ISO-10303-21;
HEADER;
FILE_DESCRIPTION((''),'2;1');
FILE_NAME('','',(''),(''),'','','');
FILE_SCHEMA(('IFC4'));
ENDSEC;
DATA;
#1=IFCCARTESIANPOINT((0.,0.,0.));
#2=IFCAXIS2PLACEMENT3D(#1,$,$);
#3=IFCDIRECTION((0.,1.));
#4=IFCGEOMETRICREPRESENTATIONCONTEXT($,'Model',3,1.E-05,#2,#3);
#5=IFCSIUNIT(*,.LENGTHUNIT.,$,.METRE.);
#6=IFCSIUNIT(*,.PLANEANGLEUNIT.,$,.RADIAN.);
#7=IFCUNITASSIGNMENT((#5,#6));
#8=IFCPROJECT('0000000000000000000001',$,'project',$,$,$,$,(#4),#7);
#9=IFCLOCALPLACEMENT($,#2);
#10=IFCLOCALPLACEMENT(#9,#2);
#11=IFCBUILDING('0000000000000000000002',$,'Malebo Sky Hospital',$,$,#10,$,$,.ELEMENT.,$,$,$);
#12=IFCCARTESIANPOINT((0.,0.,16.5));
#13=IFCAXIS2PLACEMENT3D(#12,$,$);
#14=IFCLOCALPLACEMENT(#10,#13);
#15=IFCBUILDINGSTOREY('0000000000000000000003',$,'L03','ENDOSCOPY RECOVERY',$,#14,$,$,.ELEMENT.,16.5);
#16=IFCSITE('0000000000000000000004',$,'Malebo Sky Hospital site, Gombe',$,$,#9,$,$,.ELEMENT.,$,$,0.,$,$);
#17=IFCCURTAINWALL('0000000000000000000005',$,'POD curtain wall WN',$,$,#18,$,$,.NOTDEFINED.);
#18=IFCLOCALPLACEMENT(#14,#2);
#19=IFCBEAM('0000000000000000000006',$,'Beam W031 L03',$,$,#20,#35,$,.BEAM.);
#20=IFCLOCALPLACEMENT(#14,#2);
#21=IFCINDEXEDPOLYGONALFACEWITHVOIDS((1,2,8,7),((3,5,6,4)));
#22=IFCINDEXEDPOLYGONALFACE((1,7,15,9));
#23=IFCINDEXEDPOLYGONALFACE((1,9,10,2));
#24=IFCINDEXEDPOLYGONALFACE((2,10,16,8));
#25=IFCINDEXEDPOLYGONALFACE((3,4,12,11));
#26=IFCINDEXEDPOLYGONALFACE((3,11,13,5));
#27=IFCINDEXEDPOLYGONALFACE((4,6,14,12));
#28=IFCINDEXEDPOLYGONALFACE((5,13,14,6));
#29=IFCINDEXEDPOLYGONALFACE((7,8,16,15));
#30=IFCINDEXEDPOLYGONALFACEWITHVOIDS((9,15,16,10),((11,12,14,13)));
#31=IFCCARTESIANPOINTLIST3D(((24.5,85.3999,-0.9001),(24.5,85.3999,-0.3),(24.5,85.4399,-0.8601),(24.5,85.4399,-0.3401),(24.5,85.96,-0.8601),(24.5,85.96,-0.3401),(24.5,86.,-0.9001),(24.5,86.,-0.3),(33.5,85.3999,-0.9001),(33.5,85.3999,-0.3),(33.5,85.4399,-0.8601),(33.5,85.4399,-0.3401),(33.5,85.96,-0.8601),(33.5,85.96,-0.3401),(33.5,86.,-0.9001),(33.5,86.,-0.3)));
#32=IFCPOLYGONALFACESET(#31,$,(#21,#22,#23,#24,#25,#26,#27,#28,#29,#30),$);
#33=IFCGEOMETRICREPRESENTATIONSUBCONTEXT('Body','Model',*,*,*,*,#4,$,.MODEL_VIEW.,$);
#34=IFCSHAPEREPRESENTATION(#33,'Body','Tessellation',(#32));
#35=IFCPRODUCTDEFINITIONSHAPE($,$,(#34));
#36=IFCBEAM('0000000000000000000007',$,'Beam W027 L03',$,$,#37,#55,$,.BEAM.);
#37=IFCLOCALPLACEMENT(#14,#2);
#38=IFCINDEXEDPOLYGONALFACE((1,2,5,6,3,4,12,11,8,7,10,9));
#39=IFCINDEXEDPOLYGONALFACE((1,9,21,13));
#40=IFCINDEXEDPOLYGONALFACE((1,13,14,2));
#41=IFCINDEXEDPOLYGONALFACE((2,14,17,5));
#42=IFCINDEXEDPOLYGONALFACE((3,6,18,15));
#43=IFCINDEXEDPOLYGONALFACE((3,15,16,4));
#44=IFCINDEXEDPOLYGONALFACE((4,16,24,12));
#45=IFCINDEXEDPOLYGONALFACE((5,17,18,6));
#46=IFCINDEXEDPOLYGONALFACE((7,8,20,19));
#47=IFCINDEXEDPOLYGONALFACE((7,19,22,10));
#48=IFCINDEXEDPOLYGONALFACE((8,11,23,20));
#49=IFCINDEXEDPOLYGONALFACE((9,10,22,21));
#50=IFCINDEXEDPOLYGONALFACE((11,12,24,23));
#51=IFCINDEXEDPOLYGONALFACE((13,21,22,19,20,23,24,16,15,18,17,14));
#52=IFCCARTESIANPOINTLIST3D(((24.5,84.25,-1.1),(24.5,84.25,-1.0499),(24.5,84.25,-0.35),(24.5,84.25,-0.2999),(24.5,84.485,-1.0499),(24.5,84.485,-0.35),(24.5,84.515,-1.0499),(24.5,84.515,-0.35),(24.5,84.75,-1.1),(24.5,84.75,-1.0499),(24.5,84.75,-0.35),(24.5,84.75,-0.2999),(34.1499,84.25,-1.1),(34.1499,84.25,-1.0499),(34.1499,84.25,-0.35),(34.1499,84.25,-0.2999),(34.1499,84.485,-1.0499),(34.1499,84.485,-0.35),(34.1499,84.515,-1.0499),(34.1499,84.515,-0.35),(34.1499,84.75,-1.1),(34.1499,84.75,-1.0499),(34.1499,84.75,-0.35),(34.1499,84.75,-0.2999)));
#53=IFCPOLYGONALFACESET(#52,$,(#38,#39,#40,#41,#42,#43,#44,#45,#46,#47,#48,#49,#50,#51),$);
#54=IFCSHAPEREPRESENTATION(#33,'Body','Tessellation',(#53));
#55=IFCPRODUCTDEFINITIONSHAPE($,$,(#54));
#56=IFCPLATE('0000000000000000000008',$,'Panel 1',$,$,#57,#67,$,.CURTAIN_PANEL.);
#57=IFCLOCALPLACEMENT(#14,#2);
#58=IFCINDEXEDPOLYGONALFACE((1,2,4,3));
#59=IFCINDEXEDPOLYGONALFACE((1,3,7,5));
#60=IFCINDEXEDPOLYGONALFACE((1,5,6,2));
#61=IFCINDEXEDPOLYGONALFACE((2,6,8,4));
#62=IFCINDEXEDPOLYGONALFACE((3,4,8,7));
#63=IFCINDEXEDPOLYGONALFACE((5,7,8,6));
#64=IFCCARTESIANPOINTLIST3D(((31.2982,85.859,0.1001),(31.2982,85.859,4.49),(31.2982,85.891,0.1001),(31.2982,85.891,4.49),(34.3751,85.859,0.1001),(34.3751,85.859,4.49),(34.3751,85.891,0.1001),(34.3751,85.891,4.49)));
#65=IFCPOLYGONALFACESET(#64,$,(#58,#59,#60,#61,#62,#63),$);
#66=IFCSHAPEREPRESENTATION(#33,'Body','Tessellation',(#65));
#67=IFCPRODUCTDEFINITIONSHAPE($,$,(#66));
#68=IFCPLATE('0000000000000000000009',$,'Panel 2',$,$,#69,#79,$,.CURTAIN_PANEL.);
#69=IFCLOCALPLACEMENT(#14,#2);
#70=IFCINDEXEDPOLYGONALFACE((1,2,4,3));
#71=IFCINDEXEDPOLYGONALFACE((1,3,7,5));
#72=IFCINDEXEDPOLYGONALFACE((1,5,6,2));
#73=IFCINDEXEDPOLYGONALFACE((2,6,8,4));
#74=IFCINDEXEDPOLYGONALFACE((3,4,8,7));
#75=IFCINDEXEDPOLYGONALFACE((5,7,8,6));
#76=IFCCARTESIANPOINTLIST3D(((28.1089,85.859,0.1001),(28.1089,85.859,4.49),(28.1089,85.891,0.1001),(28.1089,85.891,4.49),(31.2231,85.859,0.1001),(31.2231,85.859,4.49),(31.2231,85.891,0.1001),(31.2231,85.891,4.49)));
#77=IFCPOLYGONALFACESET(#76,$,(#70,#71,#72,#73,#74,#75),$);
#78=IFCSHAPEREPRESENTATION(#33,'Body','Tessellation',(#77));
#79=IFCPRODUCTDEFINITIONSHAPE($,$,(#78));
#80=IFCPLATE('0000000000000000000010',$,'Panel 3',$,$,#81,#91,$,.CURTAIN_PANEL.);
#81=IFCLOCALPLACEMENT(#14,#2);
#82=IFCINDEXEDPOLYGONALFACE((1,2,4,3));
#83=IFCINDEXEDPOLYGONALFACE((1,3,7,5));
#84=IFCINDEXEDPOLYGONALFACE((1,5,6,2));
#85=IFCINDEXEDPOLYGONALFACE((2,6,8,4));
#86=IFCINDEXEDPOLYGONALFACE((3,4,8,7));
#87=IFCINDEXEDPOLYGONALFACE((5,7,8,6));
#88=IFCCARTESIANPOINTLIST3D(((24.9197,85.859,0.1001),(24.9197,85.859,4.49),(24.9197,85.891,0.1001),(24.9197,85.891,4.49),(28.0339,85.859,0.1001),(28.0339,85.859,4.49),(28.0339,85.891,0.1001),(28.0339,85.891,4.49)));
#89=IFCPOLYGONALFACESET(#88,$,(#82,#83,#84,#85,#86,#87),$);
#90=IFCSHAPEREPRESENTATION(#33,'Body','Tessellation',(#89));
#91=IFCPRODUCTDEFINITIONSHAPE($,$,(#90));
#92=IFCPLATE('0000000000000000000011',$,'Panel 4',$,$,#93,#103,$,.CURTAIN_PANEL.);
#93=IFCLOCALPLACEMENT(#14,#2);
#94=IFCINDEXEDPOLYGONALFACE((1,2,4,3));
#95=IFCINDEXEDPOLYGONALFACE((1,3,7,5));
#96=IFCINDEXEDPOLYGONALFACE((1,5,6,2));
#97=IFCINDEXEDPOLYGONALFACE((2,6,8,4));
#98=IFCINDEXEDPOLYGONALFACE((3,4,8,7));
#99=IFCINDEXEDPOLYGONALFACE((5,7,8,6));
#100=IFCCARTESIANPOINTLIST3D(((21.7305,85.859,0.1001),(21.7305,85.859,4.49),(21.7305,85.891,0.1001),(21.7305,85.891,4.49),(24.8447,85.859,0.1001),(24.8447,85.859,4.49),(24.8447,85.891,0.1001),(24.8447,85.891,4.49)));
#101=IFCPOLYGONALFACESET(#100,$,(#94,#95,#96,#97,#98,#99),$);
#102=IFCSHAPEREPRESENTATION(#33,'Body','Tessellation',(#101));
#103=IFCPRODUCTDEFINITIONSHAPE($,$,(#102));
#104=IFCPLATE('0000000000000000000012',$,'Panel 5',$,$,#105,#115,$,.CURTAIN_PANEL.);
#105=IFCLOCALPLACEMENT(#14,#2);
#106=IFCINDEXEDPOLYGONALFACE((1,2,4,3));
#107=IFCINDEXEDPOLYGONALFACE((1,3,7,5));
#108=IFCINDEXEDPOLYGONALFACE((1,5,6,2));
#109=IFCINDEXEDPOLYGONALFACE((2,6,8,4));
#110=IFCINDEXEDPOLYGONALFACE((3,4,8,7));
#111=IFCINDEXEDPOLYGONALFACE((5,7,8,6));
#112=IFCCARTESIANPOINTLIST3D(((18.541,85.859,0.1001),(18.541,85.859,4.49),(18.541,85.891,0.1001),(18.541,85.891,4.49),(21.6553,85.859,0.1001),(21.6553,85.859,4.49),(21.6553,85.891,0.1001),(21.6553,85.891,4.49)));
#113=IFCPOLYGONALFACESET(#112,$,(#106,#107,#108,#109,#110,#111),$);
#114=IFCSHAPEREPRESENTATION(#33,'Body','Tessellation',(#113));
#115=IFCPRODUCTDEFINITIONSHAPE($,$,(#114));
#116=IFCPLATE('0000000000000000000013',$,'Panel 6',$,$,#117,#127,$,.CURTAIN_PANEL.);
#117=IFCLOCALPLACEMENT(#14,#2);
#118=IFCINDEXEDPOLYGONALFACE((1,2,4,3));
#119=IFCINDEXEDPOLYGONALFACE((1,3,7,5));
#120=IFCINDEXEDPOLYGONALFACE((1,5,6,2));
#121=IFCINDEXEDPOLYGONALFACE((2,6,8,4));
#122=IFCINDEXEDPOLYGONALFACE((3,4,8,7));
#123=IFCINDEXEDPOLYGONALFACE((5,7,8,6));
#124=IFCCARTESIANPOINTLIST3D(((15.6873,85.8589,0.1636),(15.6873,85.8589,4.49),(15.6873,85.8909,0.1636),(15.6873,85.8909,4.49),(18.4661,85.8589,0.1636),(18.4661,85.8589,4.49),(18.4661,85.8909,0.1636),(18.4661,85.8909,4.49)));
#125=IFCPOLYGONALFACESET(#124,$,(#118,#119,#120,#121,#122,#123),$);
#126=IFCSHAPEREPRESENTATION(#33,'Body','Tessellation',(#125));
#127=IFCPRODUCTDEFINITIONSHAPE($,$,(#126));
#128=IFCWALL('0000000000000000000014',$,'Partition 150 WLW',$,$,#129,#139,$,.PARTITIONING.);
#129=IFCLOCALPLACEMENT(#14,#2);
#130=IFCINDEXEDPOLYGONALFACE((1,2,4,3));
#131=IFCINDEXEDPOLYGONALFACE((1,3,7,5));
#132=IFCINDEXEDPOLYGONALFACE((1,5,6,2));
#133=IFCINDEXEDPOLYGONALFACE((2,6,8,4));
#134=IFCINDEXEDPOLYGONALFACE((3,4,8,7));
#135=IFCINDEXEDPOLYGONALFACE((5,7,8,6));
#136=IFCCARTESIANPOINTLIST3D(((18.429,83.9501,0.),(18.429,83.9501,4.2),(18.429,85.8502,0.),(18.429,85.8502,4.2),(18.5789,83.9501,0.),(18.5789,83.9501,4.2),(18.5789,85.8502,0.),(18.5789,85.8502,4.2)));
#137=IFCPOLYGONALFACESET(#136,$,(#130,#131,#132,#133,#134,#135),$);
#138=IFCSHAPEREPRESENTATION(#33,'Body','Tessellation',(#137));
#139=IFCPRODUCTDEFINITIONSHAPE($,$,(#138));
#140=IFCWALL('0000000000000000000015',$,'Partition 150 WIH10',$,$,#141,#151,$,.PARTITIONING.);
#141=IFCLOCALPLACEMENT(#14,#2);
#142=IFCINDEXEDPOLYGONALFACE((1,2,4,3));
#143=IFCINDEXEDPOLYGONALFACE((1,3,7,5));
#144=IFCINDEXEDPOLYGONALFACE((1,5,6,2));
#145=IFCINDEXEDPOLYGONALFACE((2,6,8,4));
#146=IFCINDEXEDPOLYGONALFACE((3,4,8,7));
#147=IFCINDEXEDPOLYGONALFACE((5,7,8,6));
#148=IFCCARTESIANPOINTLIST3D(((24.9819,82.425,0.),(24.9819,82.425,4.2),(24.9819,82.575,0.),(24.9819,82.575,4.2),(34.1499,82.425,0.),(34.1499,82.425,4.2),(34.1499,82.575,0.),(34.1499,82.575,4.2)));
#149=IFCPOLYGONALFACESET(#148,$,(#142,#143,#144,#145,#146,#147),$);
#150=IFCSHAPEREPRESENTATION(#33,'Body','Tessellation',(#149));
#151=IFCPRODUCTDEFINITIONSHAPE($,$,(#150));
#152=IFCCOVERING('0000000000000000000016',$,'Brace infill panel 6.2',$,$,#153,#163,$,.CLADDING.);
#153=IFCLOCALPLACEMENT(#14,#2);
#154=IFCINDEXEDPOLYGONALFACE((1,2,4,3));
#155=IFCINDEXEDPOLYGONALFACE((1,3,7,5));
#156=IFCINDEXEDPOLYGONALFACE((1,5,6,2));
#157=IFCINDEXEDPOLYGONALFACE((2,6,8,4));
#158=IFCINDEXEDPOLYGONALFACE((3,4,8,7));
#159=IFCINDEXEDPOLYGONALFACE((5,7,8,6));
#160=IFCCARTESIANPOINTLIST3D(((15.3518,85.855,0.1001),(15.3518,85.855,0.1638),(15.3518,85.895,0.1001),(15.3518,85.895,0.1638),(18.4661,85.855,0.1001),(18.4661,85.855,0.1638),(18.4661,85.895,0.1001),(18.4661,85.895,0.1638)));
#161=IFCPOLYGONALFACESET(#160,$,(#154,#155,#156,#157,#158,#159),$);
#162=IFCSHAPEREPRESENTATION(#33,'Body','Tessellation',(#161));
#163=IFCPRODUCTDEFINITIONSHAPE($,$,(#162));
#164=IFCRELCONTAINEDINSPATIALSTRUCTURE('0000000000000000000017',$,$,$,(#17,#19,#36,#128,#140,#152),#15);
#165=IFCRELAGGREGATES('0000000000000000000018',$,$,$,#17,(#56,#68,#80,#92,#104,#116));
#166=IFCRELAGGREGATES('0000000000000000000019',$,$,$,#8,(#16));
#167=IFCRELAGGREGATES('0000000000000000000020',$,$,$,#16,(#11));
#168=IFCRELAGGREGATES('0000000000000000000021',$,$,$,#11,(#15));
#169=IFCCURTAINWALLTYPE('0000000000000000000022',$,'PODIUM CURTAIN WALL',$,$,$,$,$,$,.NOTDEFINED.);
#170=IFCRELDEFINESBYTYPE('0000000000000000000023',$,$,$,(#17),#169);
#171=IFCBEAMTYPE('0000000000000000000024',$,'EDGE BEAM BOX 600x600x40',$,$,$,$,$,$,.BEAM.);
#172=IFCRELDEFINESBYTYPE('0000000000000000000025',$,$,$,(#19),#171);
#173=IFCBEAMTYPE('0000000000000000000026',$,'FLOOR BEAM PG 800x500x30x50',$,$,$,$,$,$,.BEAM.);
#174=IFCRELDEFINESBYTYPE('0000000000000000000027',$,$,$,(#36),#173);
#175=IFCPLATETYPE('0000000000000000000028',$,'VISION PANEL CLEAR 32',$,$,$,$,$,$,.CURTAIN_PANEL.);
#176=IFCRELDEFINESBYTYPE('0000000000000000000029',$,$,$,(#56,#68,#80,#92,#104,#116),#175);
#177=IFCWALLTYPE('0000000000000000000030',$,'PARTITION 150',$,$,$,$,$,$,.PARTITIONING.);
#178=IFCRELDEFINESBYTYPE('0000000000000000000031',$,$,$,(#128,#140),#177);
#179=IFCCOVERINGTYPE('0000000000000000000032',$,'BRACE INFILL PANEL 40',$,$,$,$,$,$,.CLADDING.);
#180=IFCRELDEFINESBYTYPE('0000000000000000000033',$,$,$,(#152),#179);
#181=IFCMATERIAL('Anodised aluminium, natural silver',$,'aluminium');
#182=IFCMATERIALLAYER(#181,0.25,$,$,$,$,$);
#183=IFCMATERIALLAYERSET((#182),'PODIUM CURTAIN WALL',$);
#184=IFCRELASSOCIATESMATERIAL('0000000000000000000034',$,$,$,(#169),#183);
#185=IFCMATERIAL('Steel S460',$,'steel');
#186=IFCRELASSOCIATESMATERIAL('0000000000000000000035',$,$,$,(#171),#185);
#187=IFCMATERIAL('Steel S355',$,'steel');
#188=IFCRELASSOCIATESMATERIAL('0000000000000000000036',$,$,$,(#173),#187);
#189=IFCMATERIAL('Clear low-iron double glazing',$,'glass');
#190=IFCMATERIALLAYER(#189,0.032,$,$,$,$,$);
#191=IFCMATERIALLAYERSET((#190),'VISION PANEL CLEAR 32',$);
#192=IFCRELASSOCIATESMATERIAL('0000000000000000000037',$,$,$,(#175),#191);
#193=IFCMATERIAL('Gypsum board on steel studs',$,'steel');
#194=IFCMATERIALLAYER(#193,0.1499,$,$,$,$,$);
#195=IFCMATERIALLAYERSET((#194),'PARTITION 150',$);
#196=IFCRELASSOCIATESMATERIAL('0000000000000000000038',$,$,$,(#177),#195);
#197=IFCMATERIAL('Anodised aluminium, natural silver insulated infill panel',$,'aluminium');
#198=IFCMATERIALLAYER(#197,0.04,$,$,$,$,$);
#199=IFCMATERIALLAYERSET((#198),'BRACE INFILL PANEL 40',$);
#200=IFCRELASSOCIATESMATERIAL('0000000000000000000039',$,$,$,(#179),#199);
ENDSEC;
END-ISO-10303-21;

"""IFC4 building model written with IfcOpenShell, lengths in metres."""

from ifc_helpers import new_model, si_unit, direction, frame, frame_2d, origin, origin_2d, place, context, subcontext, project, spatial, polyline, rectangle, hollow_rectangle, i_section, outline, extrude, material, layer, layer_set, material_profile, profile_set, type_object, element, aggregate, save


model = new_model("IFC4")

# Units and contexts
model_context = context("Model", 3, precision=1e-05, world=origin(), true_north=direction((0.0, 1.0)))
body_context = subcontext(model_context, "Body", "Model", "MODEL_VIEW")
ifc_project = project(units=[si_unit("LENGTHUNIT", "METRE"), si_unit("PLANEANGLEUNIT", "RADIAN")], contexts=[model_context])

# Site, building, storey
site_placement = place(None, origin())
site = spatial("IfcSite", under=ifc_project, at=site_placement, Name="Malebo Sky Hospital site, Gombe", CompositionType="ELEMENT", RefElevation=0.0)
building_placement = place(site_placement, origin())
building = spatial("IfcBuilding", under=site, at=building_placement, Name="Malebo Sky Hospital", CompositionType="ELEMENT")
storey_placement = place(building_placement, frame((0.0, 0.0, 16.5)))
storey = spatial("IfcBuildingStorey", under=building, at=storey_placement, Name="L03", Description="ENDOSCOPY RECOVERY", CompositionType="ELEMENT", Elevation=16.5)

# Shared definitions
ifc_material_1 = material(Name="Steel S355", Category="steel")

# Curtain wall
ifc_material_2 = material(Name="Anodised aluminium, natural silver", Category="aluminium")
ifc_layer_1 = layer(ifc_material_2, 0.25)
ifc_layer_set_1 = layer_set([ifc_layer_1], Name="PODIUM CURTAIN WALL")
curtain_wall_type = type_object("IfcCurtainWallType", Name="PODIUM CURTAIN WALL", PredefinedType="NOTDEFINED", material=ifc_layer_set_1)
curtain_wall_placement = place(storey_placement, origin())
curtain_wall = element("IfcCurtainWall", 1, at=curtain_wall_placement, inside=storey, type_object=curtain_wall_type, Name="POD curtain wall WN", PredefinedType="NOTDEFINED")

# Beams
ifc_material_3 = material(Name="Steel S460", Category="steel")
ifc_material_profile_1 = material_profile(ifc_material_3, hollow_rectangle(XDim=0.6001, YDim=0.6001, WallThickness=0.04, at=origin_2d()), Name="BOX 600x600x40")
ifc_profile_set_1 = profile_set([ifc_material_profile_1], Name="Steel S460")
beam_type_1 = type_object("IfcBeamType", Name="EDGE BEAM BOX 600x600x40", PredefinedType="BEAM", material=ifc_profile_set_1)
beam_1_placement = place(storey_placement, frame((24.5, 85.7, -0.6001), z_axis=(1.0, 0.0, 0.0), x_axis=(0.0, 1.0, 0.0)))
element("IfcBeam", 2, at=beam_1_placement, inside=storey, type_object=beam_type_1, Name="Beam W031 L03", PredefinedType="BEAM", context=body_context, shape_type="SweptSolid", body=[
    extrude(hollow_rectangle(XDim=0.6001, YDim=0.6001, WallThickness=0.04, at=origin_2d()), origin(), (0.0, 0.0, 1.0), 9.0),
])
ifc_material_profile_2 = material_profile(ifc_material_1, i_section(OverallWidth=0.5, OverallDepth=0.8, WebThickness=0.03, FlangeThickness=0.05, at=origin_2d()), Name="PG 800x500x30x50")
ifc_profile_set_2 = profile_set([ifc_material_profile_2], Name="Steel S355")
beam_type_2 = type_object("IfcBeamType", Name="FLOOR BEAM PG 800x500x30x50", PredefinedType="BEAM", material=ifc_profile_set_2)
beam_2_placement = place(storey_placement, frame((24.5, 84.5, -0.7), z_axis=(1.0, 0.0, 0.0), x_axis=(0.0, 1.0, 0.0)))
element("IfcBeam", 3, at=beam_2_placement, inside=storey, type_object=beam_type_2, Name="Beam W027 L03", PredefinedType="BEAM", context=body_context, shape_type="SweptSolid", body=[
    extrude(i_section(OverallWidth=0.5, OverallDepth=0.8, WebThickness=0.03, FlangeThickness=0.05, at=origin_2d()), origin(), (0.0, 0.0, 1.0), 9.6499),
])

# Plates
ifc_material_4 = material(Name="Clear low-iron double glazing", Category="glass")
ifc_layer_2 = layer(ifc_material_4, 0.032)
ifc_layer_set_2 = layer_set([ifc_layer_2], Name="VISION PANEL CLEAR 32")
plate_type = type_object("IfcPlateType", Name="VISION PANEL CLEAR 32", PredefinedType="CURTAIN_PANEL", material=ifc_layer_set_2)
plate_1_placement = place(storey_placement, frame((32.8367, 85.875, 0.1001), z_axis=(0.0, 0.0, 1.0), x_axis=(-1.0, 0.0, 0.0)))
plate_1 = element("IfcPlate", 4, at=plate_1_placement, type_object=plate_type, Name="Panel 1", PredefinedType="CURTAIN_PANEL", context=body_context, shape_type="SweptSolid", body=[
    extrude(rectangle(XDim=3.0769, YDim=0.032, at=origin_2d()), origin(), (0.0, 0.0, 1.0), 4.3899),
])
plate_2_placement = place(storey_placement, frame((29.666, 85.875, 0.1001), z_axis=(0.0, 0.0, 1.0), x_axis=(-1.0, 0.0, 0.0)))
plate_2 = element("IfcPlate", 5, at=plate_2_placement, type_object=plate_type, Name="Panel 2", PredefinedType="CURTAIN_PANEL", context=body_context, shape_type="SweptSolid", body=[
    extrude(rectangle(XDim=3.1143, YDim=0.032, at=origin_2d()), origin(), (0.0, 0.0, 1.0), 4.3899),
])
plate_3_placement = place(storey_placement, frame((26.4768, 85.875, 0.1001), z_axis=(0.0, 0.0, 1.0), x_axis=(-1.0, 0.0, 0.0)))
plate_3 = element("IfcPlate", 6, at=plate_3_placement, type_object=plate_type, Name="Panel 3", PredefinedType="CURTAIN_PANEL", context=body_context, shape_type="SweptSolid", body=[
    extrude(rectangle(XDim=3.1143, YDim=0.032, at=origin_2d()), origin(), (0.0, 0.0, 1.0), 4.3899),
])
plate_4_placement = place(storey_placement, frame((23.2876, 85.875, 0.1001), z_axis=(0.0, 0.0, 1.0), x_axis=(-1.0, 0.0, 0.0)))
plate_4 = element("IfcPlate", 7, at=plate_4_placement, type_object=plate_type, Name="Panel 4", PredefinedType="CURTAIN_PANEL", context=body_context, shape_type="SweptSolid", body=[
    extrude(rectangle(XDim=3.1143, YDim=0.032, at=origin_2d()), origin(), (0.0, 0.0, 1.0), 4.3899),
])
plate_5_placement = place(storey_placement, frame((20.0981, 85.875, 0.1001), z_axis=(0.0, 0.0, 1.0), x_axis=(-1.0, 0.0, 0.0)))
plate_5 = element("IfcPlate", 8, at=plate_5_placement, type_object=plate_type, Name="Panel 5", PredefinedType="CURTAIN_PANEL", context=body_context, shape_type="SweptSolid", body=[
    extrude(rectangle(XDim=3.1143, YDim=0.032, at=origin_2d()), origin(), (0.0, 0.0, 1.0), 4.3899),
])
plate_6_placement = place(storey_placement, frame((17.0767, 85.875, 0.1636), z_axis=(0.0, 0.0, 1.0), x_axis=(-1.0, 0.0, 0.0)))
plate_6 = element("IfcPlate", 9, at=plate_6_placement, type_object=plate_type, Name="Panel 6", PredefinedType="CURTAIN_PANEL", context=body_context, shape_type="SweptSolid", body=[
    extrude(outline(polyline([(-1.3894, 0.0), (1.3894, 0.0), (1.3894, 4.3264), (-1.3894, 4.3264), (-1.3894, 0.0)])), frame((0.0, 0.0161, 0.0), z_axis=(0.0, -1.0, 0.0), x_axis=(1.0, 0.0, 0.0)), (0.0, 0.0, 1.0), 0.032),
])
aggregate(curtain_wall, [plate_1, plate_2, plate_3, plate_4, plate_5, plate_6])

# Walls
ifc_material_5 = material(Name="Gypsum board on steel studs", Category="steel")
ifc_layer_3 = layer(ifc_material_5, 0.1499)
ifc_layer_set_3 = layer_set([ifc_layer_3], Name="PARTITION 150")
wall_type = type_object("IfcWallType", Name="PARTITION 150", PredefinedType="PARTITIONING", material=ifc_layer_set_3)
wall_1_placement = place(storey_placement, frame((18.5039, 83.95, 0.0), z_axis=(0.0, 0.0, 1.0), x_axis=(0.0, 1.0, 0.0)))
element("IfcWall", 10, at=wall_1_placement, inside=storey, type_object=wall_type, Name="Partition 150 WLW", PredefinedType="PARTITIONING", context=body_context, shape_type="SweptSolid", body=[
    extrude(rectangle(XDim=1.9001, YDim=0.1499, at=frame_2d((0.9502, 0.0))), origin(), (0.0, 0.0, 1.0), 4.2),
])
wall_2_placement = place(storey_placement, frame((24.9819, 82.5, 0.0), z_axis=(0.0, 0.0, 1.0), x_axis=(1.0, 0.0, 0.0)))
element("IfcWall", 11, at=wall_2_placement, inside=storey, type_object=wall_type, Name="Partition 150 WIH10", PredefinedType="PARTITIONING", context=body_context, shape_type="SweptSolid", body=[
    extrude(rectangle(XDim=9.168, YDim=0.1499, at=frame_2d((4.584, 0.0))), origin(), (0.0, 0.0, 1.0), 4.2),
])

# Covering
ifc_material_6 = material(Name="Anodised aluminium, natural silver insulated infill panel", Category="aluminium")
ifc_layer_4 = layer(ifc_material_6, 0.04)
ifc_layer_set_4 = layer_set([ifc_layer_4], Name="BRACE INFILL PANEL 40")
covering_type = type_object("IfcCoveringType", Name="BRACE INFILL PANEL 40", PredefinedType="CLADDING", material=ifc_layer_set_4)
covering_placement = place(storey_placement, frame((16.9089, 85.875, 0.1001), z_axis=(0.0, 0.0, 1.0), x_axis=(-1.0, 0.0, 0.0)))
element("IfcCovering", 12, at=covering_placement, inside=storey, type_object=covering_type, Name="Brace infill panel 6.2", PredefinedType="CLADDING", context=body_context, shape_type="SweptSolid", body=[
    extrude(outline(polyline([(-1.5571, 0.0), (1.5571, 0.0), (1.5571, 0.0637), (-1.5571, 0.0637), (-1.5571, 0.0)])), frame((0.0, 0.02, 0.0), z_axis=(0.0, -1.0, 0.0), x_axis=(1.0, 0.0, 0.0)), (0.0, 0.0, 1.0), 0.04),
])

save(model, "model.ifc")
